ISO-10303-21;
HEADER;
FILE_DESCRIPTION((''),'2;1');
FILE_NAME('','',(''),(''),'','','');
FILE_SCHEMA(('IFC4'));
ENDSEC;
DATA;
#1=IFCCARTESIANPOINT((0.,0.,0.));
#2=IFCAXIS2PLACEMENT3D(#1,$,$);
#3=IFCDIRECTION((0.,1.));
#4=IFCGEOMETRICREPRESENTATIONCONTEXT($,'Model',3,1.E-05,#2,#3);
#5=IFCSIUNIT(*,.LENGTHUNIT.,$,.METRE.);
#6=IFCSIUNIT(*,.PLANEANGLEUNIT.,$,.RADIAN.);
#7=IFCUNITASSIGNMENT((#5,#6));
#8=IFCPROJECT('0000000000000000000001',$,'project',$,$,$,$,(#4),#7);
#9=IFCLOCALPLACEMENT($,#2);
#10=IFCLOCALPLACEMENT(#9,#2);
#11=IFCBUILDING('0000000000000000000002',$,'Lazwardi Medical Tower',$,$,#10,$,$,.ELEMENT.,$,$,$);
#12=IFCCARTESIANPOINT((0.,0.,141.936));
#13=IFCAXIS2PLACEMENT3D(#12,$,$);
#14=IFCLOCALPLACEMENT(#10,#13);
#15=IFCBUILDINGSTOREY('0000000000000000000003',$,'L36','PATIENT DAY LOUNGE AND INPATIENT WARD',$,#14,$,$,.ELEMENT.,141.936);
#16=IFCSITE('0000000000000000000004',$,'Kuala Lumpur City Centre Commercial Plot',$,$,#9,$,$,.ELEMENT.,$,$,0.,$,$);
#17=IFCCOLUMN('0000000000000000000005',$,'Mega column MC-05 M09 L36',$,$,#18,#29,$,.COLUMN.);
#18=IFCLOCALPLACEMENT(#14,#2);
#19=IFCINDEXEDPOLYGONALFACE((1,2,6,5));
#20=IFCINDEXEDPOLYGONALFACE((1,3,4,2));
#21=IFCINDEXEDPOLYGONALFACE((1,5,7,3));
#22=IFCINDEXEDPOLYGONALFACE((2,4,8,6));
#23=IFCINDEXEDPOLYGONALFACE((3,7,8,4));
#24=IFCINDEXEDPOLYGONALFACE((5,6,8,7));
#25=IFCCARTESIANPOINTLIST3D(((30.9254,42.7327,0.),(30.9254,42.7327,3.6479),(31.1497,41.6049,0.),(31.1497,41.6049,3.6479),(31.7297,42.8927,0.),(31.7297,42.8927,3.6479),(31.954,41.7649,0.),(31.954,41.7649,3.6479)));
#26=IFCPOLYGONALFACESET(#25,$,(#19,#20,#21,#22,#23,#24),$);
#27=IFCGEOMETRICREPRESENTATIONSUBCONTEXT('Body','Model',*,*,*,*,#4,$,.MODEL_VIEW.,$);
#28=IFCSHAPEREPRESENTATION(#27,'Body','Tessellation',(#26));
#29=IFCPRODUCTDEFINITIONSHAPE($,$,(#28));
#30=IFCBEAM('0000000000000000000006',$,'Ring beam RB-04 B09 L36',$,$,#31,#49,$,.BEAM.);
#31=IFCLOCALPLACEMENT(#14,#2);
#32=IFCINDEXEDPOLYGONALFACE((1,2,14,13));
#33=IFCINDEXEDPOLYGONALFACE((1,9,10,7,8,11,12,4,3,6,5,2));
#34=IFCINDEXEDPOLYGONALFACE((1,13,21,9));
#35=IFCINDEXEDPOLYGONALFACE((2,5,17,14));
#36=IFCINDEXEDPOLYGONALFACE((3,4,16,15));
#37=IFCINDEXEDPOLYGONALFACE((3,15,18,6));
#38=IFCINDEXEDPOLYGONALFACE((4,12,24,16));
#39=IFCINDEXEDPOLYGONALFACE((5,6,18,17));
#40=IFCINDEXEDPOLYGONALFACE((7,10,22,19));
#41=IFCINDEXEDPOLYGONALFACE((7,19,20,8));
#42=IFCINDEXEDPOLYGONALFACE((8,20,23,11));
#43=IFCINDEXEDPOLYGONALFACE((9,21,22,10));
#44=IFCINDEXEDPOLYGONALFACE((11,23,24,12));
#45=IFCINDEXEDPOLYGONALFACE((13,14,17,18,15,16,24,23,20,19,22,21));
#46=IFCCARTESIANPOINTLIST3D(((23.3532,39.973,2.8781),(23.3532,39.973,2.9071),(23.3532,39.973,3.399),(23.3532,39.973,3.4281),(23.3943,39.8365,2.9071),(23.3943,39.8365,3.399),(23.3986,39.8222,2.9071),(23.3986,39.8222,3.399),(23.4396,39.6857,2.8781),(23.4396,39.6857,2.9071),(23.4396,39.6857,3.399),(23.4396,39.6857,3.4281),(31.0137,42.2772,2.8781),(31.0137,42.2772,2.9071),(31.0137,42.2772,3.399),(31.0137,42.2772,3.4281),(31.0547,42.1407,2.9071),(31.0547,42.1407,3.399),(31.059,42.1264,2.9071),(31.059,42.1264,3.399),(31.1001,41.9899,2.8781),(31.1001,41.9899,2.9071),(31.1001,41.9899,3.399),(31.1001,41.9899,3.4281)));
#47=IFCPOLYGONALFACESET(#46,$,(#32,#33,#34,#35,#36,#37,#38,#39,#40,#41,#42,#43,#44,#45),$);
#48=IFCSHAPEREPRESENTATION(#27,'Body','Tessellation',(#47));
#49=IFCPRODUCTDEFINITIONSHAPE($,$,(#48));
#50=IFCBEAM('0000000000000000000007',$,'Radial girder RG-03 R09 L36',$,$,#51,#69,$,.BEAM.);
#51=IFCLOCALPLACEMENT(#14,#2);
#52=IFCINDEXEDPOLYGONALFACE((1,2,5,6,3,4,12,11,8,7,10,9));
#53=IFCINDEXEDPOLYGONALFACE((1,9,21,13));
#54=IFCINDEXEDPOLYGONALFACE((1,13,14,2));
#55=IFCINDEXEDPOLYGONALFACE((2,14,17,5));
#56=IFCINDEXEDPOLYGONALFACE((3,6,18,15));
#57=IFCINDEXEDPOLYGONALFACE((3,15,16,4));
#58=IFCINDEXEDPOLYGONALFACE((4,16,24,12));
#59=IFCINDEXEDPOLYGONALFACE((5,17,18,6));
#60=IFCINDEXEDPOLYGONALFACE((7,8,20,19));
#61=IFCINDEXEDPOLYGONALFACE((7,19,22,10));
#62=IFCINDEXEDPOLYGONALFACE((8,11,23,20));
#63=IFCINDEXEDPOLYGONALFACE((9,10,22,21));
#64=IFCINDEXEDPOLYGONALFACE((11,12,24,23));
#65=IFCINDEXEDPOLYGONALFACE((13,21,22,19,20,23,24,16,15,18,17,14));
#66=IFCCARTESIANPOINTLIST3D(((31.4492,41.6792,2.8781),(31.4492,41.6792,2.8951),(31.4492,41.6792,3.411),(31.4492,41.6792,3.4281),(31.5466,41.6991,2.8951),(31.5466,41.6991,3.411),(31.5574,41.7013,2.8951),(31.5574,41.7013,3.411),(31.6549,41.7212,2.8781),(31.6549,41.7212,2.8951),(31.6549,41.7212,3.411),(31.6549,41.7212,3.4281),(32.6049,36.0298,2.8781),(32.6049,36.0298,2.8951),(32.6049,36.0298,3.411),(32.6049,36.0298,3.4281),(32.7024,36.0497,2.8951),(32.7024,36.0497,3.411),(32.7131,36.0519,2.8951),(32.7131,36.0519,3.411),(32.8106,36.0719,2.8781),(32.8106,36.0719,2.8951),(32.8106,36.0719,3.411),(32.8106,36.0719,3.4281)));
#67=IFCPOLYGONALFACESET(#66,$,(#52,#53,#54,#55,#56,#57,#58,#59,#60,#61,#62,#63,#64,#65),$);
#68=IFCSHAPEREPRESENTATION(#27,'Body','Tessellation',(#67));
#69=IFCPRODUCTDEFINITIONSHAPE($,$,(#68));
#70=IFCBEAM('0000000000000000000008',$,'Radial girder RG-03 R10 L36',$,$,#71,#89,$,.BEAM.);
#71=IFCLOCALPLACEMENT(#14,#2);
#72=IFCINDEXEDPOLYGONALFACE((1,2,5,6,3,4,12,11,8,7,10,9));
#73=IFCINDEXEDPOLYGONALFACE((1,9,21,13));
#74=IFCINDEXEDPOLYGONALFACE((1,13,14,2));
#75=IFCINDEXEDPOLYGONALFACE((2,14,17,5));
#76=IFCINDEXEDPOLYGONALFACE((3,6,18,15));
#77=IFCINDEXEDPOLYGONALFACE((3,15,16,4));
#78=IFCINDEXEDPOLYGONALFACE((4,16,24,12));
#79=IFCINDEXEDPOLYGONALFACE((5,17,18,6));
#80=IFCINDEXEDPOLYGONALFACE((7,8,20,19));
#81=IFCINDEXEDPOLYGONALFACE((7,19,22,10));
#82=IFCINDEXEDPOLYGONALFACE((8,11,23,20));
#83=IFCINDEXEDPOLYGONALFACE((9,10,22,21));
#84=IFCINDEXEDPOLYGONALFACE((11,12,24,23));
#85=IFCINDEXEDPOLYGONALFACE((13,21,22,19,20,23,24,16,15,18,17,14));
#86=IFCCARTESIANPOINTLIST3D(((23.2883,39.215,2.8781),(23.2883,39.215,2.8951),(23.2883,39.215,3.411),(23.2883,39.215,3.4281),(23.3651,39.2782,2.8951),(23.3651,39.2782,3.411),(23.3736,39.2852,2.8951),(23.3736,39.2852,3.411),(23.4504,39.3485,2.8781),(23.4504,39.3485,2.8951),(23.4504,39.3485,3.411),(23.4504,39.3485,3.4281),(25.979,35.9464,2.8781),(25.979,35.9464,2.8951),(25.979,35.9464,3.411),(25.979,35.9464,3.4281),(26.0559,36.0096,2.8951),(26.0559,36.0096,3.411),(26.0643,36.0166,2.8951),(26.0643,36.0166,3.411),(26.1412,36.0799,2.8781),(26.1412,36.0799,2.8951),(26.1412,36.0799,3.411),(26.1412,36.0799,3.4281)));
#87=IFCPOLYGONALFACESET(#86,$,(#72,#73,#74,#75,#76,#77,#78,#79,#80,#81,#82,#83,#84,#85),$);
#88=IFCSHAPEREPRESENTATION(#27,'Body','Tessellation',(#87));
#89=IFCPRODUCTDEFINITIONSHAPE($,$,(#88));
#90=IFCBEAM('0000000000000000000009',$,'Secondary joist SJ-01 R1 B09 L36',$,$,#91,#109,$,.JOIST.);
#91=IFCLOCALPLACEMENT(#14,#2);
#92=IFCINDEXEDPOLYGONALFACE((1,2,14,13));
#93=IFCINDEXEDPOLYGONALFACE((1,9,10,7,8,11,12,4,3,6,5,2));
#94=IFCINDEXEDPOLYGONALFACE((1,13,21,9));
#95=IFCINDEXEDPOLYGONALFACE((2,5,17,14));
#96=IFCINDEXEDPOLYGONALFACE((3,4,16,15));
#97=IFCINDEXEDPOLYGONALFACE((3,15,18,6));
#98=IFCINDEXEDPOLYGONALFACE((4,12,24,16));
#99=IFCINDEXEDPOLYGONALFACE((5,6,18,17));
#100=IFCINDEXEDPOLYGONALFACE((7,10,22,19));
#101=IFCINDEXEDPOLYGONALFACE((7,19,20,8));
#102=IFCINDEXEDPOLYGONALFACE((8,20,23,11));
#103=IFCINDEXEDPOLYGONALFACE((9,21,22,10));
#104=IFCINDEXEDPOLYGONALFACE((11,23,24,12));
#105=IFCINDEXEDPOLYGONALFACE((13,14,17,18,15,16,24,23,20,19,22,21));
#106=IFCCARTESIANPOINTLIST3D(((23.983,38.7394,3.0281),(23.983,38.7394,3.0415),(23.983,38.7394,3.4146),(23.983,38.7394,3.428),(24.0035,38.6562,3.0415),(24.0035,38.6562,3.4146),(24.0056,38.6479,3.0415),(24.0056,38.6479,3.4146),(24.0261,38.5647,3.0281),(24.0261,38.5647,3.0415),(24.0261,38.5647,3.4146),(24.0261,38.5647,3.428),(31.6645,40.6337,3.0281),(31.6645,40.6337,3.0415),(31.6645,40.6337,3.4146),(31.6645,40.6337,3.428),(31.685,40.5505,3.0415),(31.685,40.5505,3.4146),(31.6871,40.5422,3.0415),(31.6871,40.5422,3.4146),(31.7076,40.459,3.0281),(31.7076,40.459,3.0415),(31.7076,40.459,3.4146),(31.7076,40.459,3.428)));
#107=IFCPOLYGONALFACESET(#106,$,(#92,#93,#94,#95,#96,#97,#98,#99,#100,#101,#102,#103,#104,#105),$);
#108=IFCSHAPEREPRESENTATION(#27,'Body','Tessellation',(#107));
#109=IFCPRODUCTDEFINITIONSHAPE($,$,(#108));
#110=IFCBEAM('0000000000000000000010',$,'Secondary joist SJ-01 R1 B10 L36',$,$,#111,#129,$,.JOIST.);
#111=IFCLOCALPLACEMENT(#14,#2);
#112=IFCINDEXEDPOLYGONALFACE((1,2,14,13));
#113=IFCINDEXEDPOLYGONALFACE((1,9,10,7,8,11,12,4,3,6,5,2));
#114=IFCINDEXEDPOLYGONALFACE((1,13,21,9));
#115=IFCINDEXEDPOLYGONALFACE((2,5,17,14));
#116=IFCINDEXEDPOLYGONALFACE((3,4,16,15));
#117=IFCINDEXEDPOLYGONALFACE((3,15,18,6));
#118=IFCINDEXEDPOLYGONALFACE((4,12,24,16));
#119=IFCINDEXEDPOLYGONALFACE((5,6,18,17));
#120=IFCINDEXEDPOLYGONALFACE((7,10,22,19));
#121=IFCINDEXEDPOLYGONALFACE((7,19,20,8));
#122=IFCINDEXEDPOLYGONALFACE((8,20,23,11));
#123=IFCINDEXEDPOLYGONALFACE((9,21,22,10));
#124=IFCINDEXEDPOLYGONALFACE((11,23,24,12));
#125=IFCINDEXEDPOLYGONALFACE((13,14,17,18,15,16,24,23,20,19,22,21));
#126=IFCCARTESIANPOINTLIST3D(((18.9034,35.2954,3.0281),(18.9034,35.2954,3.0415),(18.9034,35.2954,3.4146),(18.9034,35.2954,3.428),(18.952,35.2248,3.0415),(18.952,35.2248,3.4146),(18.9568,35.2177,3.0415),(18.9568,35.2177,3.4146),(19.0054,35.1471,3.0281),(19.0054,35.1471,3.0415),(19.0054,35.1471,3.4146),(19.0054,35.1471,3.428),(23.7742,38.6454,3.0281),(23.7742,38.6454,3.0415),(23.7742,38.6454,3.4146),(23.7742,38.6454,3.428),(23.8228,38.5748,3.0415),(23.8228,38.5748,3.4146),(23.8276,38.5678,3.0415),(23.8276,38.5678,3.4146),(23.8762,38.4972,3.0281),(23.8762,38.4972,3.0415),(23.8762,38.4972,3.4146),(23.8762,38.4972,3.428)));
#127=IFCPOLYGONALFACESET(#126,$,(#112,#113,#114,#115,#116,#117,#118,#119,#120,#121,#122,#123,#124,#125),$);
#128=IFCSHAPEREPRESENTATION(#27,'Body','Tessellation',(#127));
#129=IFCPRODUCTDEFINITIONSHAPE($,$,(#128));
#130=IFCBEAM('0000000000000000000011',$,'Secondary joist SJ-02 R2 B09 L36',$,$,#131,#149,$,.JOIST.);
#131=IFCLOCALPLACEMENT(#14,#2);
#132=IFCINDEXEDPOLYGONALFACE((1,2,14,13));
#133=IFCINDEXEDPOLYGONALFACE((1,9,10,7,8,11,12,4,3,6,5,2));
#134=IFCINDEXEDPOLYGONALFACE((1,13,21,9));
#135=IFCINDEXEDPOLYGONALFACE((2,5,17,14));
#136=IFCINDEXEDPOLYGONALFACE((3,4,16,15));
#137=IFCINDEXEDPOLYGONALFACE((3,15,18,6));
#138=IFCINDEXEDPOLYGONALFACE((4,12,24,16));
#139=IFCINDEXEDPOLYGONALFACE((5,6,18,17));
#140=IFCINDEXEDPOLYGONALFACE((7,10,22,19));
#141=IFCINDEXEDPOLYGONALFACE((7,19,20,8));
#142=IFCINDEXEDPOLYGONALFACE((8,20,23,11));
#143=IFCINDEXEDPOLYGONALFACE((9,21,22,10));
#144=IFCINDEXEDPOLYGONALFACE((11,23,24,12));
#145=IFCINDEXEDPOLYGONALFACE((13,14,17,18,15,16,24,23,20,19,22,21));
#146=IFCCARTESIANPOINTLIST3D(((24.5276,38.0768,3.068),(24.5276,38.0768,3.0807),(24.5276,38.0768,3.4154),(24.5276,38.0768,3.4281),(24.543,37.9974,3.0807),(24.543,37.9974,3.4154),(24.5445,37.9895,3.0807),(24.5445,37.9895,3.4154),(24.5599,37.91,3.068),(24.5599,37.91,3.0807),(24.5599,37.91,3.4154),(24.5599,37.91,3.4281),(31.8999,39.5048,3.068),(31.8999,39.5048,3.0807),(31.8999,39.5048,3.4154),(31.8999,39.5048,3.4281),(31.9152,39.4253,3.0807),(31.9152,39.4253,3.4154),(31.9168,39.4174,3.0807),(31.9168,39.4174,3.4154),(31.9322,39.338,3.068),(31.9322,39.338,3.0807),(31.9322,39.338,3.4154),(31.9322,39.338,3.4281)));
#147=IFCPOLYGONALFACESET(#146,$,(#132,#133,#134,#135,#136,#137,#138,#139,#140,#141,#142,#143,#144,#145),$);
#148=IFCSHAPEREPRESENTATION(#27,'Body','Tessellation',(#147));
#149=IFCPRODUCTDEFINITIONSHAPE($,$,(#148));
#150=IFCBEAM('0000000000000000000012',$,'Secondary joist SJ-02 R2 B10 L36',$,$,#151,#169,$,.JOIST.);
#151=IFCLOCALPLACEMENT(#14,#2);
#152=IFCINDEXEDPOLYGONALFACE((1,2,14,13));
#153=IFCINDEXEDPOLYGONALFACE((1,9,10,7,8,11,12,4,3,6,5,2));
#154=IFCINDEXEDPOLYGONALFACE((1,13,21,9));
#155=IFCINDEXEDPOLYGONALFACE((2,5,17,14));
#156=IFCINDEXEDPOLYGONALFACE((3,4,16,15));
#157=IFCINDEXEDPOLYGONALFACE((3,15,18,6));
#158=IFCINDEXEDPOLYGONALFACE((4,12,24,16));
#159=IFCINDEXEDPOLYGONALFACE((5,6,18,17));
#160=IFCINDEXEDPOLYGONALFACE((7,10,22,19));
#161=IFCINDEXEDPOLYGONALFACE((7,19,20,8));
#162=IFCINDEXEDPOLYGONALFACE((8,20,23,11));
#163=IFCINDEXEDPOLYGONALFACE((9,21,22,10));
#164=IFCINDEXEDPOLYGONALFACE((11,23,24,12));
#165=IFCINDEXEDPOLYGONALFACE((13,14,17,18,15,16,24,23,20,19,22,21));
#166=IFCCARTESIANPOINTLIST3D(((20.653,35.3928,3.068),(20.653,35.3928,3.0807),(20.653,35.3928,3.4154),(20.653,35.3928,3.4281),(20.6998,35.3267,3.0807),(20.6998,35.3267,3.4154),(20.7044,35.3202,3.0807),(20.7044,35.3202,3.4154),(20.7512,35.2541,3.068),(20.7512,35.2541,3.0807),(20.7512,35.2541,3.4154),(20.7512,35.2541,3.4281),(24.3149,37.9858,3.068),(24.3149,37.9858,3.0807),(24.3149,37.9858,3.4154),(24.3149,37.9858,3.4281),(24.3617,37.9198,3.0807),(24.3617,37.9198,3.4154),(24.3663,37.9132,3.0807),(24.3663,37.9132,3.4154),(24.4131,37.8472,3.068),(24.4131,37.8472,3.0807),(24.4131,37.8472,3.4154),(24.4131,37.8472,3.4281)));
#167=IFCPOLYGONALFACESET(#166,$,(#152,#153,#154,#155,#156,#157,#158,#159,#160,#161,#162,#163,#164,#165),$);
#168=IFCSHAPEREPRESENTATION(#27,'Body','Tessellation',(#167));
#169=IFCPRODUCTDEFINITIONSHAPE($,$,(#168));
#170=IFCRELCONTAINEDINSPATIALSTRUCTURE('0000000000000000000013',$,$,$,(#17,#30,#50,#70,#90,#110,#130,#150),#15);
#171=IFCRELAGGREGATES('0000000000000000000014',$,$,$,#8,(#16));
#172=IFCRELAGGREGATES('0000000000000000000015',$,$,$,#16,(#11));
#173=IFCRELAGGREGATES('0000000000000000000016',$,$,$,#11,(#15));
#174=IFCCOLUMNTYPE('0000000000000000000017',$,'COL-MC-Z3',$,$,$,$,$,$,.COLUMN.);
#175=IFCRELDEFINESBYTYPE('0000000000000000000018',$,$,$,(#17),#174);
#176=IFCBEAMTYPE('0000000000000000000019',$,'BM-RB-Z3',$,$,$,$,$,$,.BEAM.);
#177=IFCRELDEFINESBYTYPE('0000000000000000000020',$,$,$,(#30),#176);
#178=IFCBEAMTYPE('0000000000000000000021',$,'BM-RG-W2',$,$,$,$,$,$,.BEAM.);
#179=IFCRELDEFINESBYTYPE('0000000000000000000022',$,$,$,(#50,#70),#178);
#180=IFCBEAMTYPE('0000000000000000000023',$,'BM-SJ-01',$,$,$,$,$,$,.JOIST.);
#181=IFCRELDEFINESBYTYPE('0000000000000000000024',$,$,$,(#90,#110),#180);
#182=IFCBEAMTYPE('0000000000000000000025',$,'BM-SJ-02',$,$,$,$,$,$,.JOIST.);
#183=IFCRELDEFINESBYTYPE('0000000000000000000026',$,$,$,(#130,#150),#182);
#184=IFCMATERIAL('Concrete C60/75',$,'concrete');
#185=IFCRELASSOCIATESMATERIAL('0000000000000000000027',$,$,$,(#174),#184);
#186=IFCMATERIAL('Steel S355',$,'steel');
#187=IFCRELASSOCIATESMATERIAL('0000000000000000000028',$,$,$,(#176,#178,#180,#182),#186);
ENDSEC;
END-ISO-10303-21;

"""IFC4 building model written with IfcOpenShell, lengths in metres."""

from ifc_helpers import new_model, si_unit, direction, frame, origin, origin_2d, place, context, subcontext, project, spatial, rectangle, i_section, extrude, material, material_profile, profile_set, type_object, element, save


model = new_model("IFC4")

# Units and contexts
model_context = context("Model", 3, precision=1e-05, world=origin(), true_north=direction((0.0, 1.0)))
body_context = subcontext(model_context, "Body", "Model", "MODEL_VIEW")
ifc_project = project(units=[si_unit("LENGTHUNIT", "METRE"), si_unit("PLANEANGLEUNIT", "RADIAN")], contexts=[model_context])

# Site, building, storey
site_placement = place(None, origin())
site = spatial("IfcSite", under=ifc_project, at=site_placement, Name="Kuala Lumpur City Centre Commercial Plot", CompositionType="ELEMENT", RefElevation=0.0)
building_placement = place(site_placement, origin())
building = spatial("IfcBuilding", under=site, at=building_placement, Name="Lazwardi Medical Tower", CompositionType="ELEMENT")
storey_placement = place(building_placement, frame((0.0, 0.0, 141.936)))
storey = spatial("IfcBuildingStorey", under=building, at=storey_placement, Name="L36", Description="PATIENT DAY LOUNGE AND INPATIENT WARD", CompositionType="ELEMENT", Elevation=141.936)

# Column
ifc_material_1 = material(Name="Concrete C60/75", Category="concrete")
ifc_material_profile_1 = material_profile(ifc_material_1, rectangle(XDim=1.1499, YDim=0.8201, at=origin_2d()), Name="CFT-RECT 1150x820")
ifc_profile_set_1 = profile_set([ifc_material_profile_1], Name="Concrete C60/75")
column_type = type_object("IfcColumnType", Name="COL-MC-Z3", PredefinedType="COLUMN", material=ifc_profile_set_1)
column_placement = place(storey_placement, frame((31.4397, 42.2488, 0.0), z_axis=(0.0, 0.0, 1.0), x_axis=(-0.19509, 0.980785, 0.0)))
element("IfcColumn", 1, at=column_placement, inside=storey, type_object=column_type, Name="Mega column MC-05 M09 L36", PredefinedType="COLUMN", context=body_context, shape_type="SweptSolid", body=[
    extrude(rectangle(XDim=1.1499, YDim=0.8201, at=origin_2d()), origin(), (0.0, 0.0, 1.0), 3.6479),
])

# Beams
ifc_material_2 = material(Name="Steel S355", Category="steel")
ifc_material_profile_2 = material_profile(ifc_material_2, i_section(OverallWidth=0.3, OverallDepth=0.55, WebThickness=0.0149, FlangeThickness=0.0291, at=origin_2d()), Name="HEB 550")
ifc_profile_set_2 = profile_set([ifc_material_profile_2], Name="Steel S355")
beam_type_1 = type_object("IfcBeamType", Name="BM-RB-Z3", PredefinedType="BEAM", material=ifc_profile_set_2)
beam_1_placement = place(storey_placement, frame((31.0569, 42.1335, 3.1531), z_axis=(-0.957617, -0.288045, 0.0), x_axis=(0.288045, -0.957617, 0.0)))
element("IfcBeam", 2, at=beam_1_placement, inside=storey, type_object=beam_type_1, Name="Ring beam RB-04 B09 L36", PredefinedType="BEAM", context=body_context, shape_type="SweptSolid", body=[
    extrude(i_section(OverallWidth=0.3, OverallDepth=0.55, WebThickness=0.0149, FlangeThickness=0.0291, at=origin_2d()), origin(), (0.0, 0.0, 1.0), 7.9995),
])
ifc_material_profile_3 = material_profile(ifc_material_2, i_section(OverallWidth=0.21, OverallDepth=0.55, WebThickness=0.011, FlangeThickness=0.0171, at=origin_2d()), Name="IPE 550")
ifc_profile_set_3 = profile_set([ifc_material_profile_3], Name="Steel S355")
beam_type_2 = type_object("IfcBeamType", Name="BM-RG-W2", PredefinedType="BEAM", material=ifc_profile_set_3)
beam_2_placement = place(storey_placement, frame((31.552, 41.7002, 3.1531), z_axis=(0.200429, -0.979708, 0.0), x_axis=(0.979708, 0.200429, 0.0)))
element("IfcBeam", 3, at=beam_2_placement, inside=storey, type_object=beam_type_2, Name="Radial girder RG-03 R09 L36", PredefinedType="BEAM", context=body_context, shape_type="SweptSolid", body=[
    extrude(i_section(OverallWidth=0.21, OverallDepth=0.55, WebThickness=0.011, FlangeThickness=0.0171, at=origin_2d()), origin(), (0.0, 0.0, 1.0), 5.7664),
])
beam_3_placement = place(storey_placement, frame((23.3694, 39.2817, 3.1531), z_axis=(0.635556, -0.772055, 0.0), x_axis=(0.772055, 0.635556, 0.0)))
element("IfcBeam", 4, at=beam_3_placement, inside=storey, type_object=beam_type_2, Name="Radial girder RG-03 R10 L36", PredefinedType="BEAM", context=body_context, shape_type="SweptSolid", body=[
    extrude(i_section(OverallWidth=0.21, OverallDepth=0.55, WebThickness=0.011, FlangeThickness=0.0171, at=origin_2d()), origin(), (0.0, 0.0, 1.0), 4.2336),
])
ifc_material_profile_4 = material_profile(ifc_material_2, i_section(OverallWidth=0.1799, OverallDepth=0.3999, WebThickness=0.0085, FlangeThickness=0.0134, at=origin_2d()), Name="IPE 400")
ifc_profile_set_4 = profile_set([ifc_material_profile_4], Name="Steel S355")
beam_type_3 = type_object("IfcBeamType", Name="BM-SJ-01", PredefinedType="JOIST", material=ifc_profile_set_4)
beam_4_placement = place(storey_placement, frame((31.686, 40.5464, 3.228), z_axis=(-0.970913, -0.239434, 0.0), x_axis=(0.239434, -0.970913, 0.0)))
element("IfcBeam", 5, at=beam_4_placement, inside=storey, type_object=beam_type_3, Name="Secondary joist SJ-01 R1 B09 L36", PredefinedType="JOIST", context=body_context, shape_type="SweptSolid", body=[
    extrude(i_section(OverallWidth=0.1799, OverallDepth=0.3999, WebThickness=0.0085, FlangeThickness=0.0134, at=origin_2d()), origin(), (0.0, 0.0, 1.0), 7.9116),
])
beam_5_placement = place(storey_placement, frame((23.8252, 38.5713, 3.228), z_axis=(-0.823932, -0.566688, 0.0), x_axis=(0.566688, -0.823932, 0.0)))
element("IfcBeam", 6, at=beam_5_placement, inside=storey, type_object=beam_type_3, Name="Secondary joist SJ-01 R1 B10 L36", PredefinedType="JOIST", context=body_context, shape_type="SweptSolid", body=[
    extrude(i_section(OverallWidth=0.1799, OverallDepth=0.3999, WebThickness=0.0085, FlangeThickness=0.0134, at=origin_2d()), origin(), (0.0, 0.0, 1.0), 5.9116),
])
ifc_material_profile_5 = material_profile(ifc_material_2, i_section(OverallWidth=0.1699, OverallDepth=0.3601, WebThickness=0.0081, FlangeThickness=0.0127, at=origin_2d()), Name="IPE 360")
ifc_profile_set_5 = profile_set([ifc_material_profile_5], Name="Steel S355")
beam_type_4 = type_object("IfcBeamType", Name="BM-SJ-02", PredefinedType="JOIST", material=ifc_profile_set_5)
beam_6_placement = place(storey_placement, frame((31.916, 39.4214, 3.248), z_axis=(-0.981753, -0.19016, 0.0), x_axis=(0.19016, -0.981753, 0.0)))
element("IfcBeam", 7, at=beam_6_placement, inside=storey, type_object=beam_type_4, Name="Secondary joist SJ-02 R2 B09 L36", PredefinedType="JOIST", context=body_context, shape_type="SweptSolid", body=[
    extrude(i_section(OverallWidth=0.1699, OverallDepth=0.3601, WebThickness=0.0081, FlangeThickness=0.0127, at=origin_2d()), origin(), (0.0, 0.0, 1.0), 7.5093),
])
beam_7_placement = place(storey_placement, frame((24.364, 37.9165, 3.248), z_axis=(-0.816109, -0.577898, 0.0), x_axis=(0.577898, -0.816109, 0.0)))
element("IfcBeam", 8, at=beam_7_placement, inside=storey, type_object=beam_type_4, Name="Secondary joist SJ-02 R2 B10 L36", PredefinedType="JOIST", context=body_context, shape_type="SweptSolid", body=[
    extrude(i_section(OverallWidth=0.1699, OverallDepth=0.3601, WebThickness=0.0081, FlangeThickness=0.0127, at=origin_2d()), origin(), (0.0, 0.0, 1.0), 4.4871),
])

save(model, "model.ifc")
